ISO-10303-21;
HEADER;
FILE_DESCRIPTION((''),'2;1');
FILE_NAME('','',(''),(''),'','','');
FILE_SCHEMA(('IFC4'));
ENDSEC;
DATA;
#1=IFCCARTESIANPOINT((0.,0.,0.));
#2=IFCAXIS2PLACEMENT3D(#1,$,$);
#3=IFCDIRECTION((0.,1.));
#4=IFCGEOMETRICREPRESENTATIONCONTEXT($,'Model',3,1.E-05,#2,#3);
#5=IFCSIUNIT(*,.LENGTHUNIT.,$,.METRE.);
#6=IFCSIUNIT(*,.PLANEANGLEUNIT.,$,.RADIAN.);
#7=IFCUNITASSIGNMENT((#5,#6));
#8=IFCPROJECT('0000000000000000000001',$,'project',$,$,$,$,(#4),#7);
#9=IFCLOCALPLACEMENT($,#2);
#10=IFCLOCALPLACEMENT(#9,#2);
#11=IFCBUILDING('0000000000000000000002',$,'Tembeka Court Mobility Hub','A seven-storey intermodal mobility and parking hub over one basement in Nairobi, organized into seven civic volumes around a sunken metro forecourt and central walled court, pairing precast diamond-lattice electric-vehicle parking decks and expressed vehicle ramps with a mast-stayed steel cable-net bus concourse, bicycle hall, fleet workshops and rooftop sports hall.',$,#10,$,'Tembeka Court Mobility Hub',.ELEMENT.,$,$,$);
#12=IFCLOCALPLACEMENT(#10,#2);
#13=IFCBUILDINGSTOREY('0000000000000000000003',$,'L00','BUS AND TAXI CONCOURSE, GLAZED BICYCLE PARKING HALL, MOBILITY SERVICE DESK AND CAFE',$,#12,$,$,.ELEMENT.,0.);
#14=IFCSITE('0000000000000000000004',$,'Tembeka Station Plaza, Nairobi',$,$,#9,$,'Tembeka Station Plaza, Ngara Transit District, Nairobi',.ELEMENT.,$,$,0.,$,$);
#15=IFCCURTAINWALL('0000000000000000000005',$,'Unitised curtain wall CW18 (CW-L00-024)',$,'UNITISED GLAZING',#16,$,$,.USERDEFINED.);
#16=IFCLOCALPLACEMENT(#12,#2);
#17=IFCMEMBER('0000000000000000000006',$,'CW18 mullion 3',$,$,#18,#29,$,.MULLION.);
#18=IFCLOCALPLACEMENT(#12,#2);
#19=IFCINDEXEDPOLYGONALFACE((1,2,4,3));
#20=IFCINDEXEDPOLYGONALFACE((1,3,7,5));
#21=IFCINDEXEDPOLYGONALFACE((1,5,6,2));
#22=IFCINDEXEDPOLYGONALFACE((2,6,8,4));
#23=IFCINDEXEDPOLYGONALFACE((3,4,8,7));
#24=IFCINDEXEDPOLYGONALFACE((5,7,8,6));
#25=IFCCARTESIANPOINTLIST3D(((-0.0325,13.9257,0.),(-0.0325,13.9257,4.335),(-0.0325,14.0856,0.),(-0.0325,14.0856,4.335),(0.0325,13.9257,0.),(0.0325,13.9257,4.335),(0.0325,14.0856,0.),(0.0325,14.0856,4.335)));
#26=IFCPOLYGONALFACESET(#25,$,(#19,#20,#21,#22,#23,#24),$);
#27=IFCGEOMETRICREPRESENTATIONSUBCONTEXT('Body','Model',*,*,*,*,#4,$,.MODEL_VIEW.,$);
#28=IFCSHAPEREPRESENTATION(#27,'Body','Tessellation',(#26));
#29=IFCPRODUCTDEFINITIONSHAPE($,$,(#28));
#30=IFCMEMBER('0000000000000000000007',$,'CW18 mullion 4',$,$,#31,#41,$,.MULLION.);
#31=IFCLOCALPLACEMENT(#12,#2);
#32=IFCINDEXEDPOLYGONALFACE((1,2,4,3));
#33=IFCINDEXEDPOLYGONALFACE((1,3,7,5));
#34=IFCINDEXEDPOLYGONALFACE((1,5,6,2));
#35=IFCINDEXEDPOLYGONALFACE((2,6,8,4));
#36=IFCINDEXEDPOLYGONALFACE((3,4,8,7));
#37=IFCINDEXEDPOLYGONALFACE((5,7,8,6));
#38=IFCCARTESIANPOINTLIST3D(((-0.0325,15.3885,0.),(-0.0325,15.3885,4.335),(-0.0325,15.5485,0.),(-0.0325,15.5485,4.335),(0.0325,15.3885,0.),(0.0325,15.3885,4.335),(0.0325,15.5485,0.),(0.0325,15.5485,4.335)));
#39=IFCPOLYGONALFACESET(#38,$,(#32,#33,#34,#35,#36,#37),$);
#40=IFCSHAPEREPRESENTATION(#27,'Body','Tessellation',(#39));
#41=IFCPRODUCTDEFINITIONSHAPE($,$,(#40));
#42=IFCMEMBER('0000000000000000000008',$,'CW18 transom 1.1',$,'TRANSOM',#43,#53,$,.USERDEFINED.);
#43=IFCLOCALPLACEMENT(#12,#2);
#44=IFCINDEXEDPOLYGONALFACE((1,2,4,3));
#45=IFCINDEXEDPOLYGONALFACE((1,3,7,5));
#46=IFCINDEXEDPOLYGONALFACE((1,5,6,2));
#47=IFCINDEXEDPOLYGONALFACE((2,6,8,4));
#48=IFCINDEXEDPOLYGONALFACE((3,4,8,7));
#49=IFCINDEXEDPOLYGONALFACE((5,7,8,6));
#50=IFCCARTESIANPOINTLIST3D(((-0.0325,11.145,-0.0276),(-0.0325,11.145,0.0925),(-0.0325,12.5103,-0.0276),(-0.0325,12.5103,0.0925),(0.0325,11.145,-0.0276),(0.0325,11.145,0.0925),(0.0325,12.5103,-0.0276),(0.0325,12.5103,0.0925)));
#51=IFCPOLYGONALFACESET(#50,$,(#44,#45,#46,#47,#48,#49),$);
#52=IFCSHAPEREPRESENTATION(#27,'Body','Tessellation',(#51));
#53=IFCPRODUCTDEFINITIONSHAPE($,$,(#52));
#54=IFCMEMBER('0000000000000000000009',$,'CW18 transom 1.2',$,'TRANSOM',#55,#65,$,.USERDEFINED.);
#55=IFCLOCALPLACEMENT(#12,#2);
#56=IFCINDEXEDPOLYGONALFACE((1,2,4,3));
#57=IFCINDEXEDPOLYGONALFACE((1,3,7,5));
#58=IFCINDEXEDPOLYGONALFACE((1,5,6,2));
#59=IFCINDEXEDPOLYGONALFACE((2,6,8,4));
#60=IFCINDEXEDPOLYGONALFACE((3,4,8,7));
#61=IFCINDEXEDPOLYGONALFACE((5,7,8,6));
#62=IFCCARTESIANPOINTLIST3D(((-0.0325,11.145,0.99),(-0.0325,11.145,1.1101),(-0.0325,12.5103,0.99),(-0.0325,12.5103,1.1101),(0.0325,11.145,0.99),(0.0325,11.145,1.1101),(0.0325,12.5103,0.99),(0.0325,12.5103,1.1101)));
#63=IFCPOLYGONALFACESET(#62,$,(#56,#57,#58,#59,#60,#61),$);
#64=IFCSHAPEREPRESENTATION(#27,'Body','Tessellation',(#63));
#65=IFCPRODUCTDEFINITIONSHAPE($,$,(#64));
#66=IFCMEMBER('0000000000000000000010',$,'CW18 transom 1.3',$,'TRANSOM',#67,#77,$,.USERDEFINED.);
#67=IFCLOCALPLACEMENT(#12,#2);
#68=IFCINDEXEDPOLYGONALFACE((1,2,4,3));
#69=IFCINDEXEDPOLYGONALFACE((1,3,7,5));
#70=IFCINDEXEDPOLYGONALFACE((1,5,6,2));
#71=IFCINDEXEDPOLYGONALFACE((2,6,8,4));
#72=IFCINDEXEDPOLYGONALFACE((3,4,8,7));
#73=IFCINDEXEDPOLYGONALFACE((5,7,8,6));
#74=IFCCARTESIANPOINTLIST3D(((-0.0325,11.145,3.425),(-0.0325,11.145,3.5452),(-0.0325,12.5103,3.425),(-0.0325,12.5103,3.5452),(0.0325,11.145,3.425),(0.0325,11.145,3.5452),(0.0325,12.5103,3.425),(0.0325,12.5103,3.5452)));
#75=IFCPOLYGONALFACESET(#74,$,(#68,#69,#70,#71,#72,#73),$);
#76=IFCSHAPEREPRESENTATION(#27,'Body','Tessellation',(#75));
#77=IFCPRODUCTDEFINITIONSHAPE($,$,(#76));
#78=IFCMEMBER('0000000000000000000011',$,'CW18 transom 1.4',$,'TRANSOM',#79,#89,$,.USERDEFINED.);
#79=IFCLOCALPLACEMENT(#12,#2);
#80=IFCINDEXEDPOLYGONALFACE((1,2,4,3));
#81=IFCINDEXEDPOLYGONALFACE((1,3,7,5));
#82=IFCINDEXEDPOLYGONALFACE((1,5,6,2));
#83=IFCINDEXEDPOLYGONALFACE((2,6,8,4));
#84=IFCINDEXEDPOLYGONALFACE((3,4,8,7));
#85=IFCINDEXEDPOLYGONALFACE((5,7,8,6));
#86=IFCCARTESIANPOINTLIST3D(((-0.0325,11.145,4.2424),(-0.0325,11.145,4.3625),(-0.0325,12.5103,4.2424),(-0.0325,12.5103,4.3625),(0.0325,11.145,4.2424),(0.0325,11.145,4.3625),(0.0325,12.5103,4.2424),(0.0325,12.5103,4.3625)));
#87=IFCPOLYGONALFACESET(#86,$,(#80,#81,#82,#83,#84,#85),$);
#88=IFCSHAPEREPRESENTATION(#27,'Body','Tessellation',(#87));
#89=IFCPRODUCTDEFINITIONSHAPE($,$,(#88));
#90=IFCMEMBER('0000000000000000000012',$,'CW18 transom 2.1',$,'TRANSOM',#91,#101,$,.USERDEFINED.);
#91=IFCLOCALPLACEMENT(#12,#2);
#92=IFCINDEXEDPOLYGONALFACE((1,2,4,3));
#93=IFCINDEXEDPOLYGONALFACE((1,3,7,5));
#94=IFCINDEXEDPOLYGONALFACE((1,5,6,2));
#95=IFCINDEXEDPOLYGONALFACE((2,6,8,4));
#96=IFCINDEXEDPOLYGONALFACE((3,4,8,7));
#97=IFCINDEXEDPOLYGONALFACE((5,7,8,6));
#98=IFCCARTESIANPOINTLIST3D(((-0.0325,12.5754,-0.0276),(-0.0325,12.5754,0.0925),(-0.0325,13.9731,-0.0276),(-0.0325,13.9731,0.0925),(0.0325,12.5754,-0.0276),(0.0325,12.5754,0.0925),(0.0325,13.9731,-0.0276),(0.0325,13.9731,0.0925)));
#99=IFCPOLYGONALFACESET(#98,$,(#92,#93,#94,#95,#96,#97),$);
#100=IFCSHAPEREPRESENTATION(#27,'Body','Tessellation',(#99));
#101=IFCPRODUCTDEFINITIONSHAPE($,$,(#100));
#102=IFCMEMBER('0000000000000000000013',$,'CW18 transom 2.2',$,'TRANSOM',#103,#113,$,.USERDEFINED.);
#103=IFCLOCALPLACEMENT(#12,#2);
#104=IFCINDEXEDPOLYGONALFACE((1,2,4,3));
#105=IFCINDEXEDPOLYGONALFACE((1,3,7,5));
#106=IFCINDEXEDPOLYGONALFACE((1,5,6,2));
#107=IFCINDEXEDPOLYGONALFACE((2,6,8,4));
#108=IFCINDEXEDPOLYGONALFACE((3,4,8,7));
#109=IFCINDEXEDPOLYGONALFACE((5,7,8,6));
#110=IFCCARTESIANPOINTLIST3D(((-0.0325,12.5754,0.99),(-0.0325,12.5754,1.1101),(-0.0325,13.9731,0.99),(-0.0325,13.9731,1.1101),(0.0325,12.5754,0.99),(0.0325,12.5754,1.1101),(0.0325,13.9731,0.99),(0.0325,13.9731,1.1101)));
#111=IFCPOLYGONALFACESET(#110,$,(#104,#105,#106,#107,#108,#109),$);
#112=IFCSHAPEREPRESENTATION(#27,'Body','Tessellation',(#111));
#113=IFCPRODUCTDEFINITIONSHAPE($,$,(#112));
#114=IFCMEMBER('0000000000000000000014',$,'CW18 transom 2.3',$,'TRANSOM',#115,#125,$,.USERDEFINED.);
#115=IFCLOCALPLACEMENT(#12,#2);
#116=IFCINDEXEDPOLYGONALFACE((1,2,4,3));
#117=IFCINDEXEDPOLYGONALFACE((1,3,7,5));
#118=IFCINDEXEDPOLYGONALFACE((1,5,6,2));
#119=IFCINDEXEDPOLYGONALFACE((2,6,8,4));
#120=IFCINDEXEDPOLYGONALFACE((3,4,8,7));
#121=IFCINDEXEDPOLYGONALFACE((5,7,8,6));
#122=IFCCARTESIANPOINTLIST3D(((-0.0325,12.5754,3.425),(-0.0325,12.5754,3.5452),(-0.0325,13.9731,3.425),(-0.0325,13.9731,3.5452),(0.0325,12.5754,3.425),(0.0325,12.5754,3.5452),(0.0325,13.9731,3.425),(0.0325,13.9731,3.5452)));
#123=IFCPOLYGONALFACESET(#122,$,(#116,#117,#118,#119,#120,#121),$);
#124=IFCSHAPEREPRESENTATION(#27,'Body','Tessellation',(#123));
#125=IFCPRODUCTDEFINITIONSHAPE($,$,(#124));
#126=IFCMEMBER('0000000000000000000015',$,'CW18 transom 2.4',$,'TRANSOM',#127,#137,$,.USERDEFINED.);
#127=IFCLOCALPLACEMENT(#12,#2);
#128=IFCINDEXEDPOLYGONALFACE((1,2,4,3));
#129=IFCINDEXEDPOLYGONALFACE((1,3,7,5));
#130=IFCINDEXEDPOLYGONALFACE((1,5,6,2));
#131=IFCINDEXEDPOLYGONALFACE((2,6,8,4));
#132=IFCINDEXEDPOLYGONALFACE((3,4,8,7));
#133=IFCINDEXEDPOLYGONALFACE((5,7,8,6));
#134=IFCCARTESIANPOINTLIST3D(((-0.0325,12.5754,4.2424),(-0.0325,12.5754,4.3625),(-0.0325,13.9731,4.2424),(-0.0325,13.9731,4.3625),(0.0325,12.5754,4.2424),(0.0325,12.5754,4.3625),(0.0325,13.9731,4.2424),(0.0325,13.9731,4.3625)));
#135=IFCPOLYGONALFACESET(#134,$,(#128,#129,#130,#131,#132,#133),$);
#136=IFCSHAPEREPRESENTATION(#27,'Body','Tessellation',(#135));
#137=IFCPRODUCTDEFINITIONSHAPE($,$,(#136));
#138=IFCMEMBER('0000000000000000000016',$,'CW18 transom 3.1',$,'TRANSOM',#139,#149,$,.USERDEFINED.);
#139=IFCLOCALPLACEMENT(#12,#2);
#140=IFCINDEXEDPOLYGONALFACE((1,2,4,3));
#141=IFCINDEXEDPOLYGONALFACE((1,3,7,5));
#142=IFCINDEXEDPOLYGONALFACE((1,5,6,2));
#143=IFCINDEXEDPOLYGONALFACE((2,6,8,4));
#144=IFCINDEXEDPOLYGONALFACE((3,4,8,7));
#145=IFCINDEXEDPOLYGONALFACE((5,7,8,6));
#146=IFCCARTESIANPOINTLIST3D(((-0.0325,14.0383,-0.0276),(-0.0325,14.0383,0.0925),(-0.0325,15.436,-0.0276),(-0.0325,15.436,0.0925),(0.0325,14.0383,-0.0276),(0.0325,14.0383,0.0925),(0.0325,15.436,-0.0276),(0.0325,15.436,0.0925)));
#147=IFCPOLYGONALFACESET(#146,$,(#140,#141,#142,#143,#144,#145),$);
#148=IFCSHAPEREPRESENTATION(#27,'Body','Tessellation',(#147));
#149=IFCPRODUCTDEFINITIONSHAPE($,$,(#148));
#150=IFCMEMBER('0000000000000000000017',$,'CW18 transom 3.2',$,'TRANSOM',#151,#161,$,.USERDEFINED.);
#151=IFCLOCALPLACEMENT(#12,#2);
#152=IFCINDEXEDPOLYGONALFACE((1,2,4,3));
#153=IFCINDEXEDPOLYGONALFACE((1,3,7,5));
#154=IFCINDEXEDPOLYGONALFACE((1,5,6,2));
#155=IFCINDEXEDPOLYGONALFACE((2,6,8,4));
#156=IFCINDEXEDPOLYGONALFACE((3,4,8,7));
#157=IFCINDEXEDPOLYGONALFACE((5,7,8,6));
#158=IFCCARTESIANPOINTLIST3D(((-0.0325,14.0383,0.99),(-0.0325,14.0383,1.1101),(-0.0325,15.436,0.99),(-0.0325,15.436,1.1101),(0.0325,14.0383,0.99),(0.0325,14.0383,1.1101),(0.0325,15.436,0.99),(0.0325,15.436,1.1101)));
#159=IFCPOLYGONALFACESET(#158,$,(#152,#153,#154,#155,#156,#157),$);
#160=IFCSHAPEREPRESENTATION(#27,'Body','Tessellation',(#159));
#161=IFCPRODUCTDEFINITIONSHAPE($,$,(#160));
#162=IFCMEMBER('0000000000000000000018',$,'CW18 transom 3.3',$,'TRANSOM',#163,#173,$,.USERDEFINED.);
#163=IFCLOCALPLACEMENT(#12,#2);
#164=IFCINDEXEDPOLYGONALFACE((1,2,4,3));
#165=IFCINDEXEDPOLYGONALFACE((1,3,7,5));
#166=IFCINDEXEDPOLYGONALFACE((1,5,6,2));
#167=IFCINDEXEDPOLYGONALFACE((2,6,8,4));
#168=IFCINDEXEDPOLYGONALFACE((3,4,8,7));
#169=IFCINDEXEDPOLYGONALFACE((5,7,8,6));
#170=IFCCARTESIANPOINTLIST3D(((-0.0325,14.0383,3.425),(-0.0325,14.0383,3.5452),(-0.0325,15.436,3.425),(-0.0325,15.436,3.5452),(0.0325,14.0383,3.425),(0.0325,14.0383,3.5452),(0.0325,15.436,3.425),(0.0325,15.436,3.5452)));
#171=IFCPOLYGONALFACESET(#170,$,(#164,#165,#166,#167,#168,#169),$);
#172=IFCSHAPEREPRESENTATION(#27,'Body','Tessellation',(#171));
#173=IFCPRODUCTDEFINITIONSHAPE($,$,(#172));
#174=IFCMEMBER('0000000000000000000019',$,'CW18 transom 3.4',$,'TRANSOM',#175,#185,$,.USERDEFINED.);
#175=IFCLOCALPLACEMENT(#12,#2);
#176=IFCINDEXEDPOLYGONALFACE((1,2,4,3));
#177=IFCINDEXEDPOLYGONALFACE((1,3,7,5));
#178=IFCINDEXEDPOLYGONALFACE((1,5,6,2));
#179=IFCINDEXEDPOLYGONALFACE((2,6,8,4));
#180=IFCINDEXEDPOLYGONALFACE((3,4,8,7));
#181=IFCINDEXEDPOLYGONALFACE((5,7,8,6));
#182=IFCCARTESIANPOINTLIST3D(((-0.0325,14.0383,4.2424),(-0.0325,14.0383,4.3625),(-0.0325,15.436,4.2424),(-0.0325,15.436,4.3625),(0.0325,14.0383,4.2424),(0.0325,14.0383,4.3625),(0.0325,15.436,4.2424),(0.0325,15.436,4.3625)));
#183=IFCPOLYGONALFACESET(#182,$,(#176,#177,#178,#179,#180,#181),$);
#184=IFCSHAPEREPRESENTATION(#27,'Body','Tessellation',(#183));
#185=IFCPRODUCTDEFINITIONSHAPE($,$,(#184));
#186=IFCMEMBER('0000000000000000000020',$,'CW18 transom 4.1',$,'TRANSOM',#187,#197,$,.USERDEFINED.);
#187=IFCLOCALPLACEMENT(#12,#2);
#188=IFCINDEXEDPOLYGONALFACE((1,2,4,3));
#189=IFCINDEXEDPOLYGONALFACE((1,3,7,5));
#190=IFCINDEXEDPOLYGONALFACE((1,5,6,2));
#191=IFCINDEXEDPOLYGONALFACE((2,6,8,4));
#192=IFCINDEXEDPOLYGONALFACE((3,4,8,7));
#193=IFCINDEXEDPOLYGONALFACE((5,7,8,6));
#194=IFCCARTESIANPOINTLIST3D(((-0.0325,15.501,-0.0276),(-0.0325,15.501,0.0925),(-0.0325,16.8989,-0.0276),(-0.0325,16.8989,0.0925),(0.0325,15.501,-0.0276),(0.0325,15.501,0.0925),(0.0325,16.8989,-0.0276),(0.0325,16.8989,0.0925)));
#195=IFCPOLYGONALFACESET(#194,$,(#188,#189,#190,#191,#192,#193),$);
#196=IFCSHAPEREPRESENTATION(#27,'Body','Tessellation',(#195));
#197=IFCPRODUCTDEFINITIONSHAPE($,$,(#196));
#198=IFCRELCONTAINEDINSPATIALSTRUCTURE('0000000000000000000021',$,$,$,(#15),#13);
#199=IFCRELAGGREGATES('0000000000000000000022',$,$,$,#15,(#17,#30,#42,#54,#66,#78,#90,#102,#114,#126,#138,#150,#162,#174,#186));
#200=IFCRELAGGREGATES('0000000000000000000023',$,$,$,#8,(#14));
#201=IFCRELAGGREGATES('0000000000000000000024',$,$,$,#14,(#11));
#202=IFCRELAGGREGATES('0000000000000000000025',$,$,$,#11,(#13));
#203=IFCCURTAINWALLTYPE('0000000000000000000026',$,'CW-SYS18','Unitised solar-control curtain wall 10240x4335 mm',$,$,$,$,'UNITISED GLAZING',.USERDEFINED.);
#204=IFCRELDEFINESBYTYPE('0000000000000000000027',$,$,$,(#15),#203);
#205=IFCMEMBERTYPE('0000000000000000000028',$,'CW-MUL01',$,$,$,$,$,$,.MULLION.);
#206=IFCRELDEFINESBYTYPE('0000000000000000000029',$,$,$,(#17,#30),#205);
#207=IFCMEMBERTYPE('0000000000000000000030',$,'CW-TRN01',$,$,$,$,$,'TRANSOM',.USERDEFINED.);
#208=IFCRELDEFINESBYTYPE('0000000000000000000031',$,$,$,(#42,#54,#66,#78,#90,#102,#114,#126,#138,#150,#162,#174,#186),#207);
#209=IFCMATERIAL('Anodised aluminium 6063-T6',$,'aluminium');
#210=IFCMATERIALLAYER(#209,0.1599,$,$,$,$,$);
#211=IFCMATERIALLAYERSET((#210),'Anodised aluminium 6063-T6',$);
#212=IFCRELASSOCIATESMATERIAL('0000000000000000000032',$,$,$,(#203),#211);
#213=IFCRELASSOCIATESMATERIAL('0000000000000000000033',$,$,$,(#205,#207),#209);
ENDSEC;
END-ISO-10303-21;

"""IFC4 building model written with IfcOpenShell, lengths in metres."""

from ifc_helpers import new_model, si_unit, direction, frame, origin, origin_2d, place, context, subcontext, project, spatial, rectangle, extrude, material, layer, layer_set, material_profile, profile_set, type_object, element, aggregate, save


model = new_model("IFC4")

# Units and contexts
model_context = context("Model", 3, precision=1e-05, world=origin(), true_north=direction((0.0, 1.0)))
body_context = subcontext(model_context, "Body", "Model", "MODEL_VIEW")
ifc_project = project(units=[si_unit("LENGTHUNIT", "METRE"), si_unit("PLANEANGLEUNIT", "RADIAN")], contexts=[model_context])

# Site, building, storey
site_placement = place(None, origin())
site = spatial("IfcSite", under=ifc_project, at=site_placement, Name="Tembeka Station Plaza, Nairobi", LongName="Tembeka Station Plaza, Ngara Transit District, Nairobi", CompositionType="ELEMENT", RefElevation=0.0)
building_placement = place(site_placement, origin())
building = spatial("IfcBuilding", under=site, at=building_placement, Name="Tembeka Court Mobility Hub", Description="A seven-storey intermodal mobility and parking hub over one basement in Nairobi, organized into seven civic volumes around a sunken metro forecourt and central walled court, pairing precast diamond-lattice electric-vehicle parking decks and expressed vehicle ramps with a mast-stayed steel cable-net bus concourse, bicycle hall, fleet workshops and rooftop sports hall.", LongName="Tembeka Court Mobility Hub", CompositionType="ELEMENT")
storey_placement = place(building_placement, origin())
storey = spatial("IfcBuildingStorey", under=building, at=storey_placement, Name="L00", Description="BUS AND TAXI CONCOURSE, GLAZED BICYCLE PARKING HALL, MOBILITY SERVICE DESK AND CAFE", CompositionType="ELEMENT", Elevation=0.0)

# Shared definitions
ifc_material_1 = material(Name="Anodised aluminium 6063-T6", Category="aluminium")
ifc_layer_1 = layer(ifc_material_1, 0.1599)
ifc_layer_set_1 = layer_set([ifc_layer_1], Name="Anodised aluminium 6063-T6")
curtain_wall_type = type_object("IfcCurtainWallType", Name="CW-SYS18", Description="Unitised solar-control curtain wall 10240x4335 mm", ElementType="UNITISED GLAZING", PredefinedType="USERDEFINED", material=ifc_layer_set_1)
ifc_material_profile_1 = material_profile(ifc_material_1, rectangle(XDim=0.0649, YDim=0.1599, at=origin_2d()), Name="ALU-MUL 65x160")
ifc_profile_set_1 = profile_set([ifc_material_profile_1], Name="Anodised aluminium 6063-T6")
member_type_1 = type_object("IfcMemberType", Name="CW-MUL01", PredefinedType="MULLION", material=ifc_profile_set_1)

# Curtain wall, members
curtain_wall_1_placement = place(storey_placement, origin())
curtain_wall_1 = element("IfcCurtainWall", 1, at=curtain_wall_1_placement, inside=storey, type_object=curtain_wall_type, Name="Unitised curtain wall CW18 (CW-L00-024)", ObjectType="UNITISED GLAZING", PredefinedType="USERDEFINED")
member_1_placement = place(storey_placement, frame((0.0, 14.0056, 0.0), z_axis=(0.0, 0.0, 1.0), x_axis=(-1.0, 0.0, 0.0)))
member_1 = element("IfcMember", 2, at=member_1_placement, type_object=member_type_1, Name="CW18 mullion 3", PredefinedType="MULLION", context=body_context, shape_type="SweptSolid", body=[
    extrude(rectangle(XDim=0.0649, YDim=0.1599, at=origin_2d()), origin(), (0.0, 0.0, 1.0), 4.335),
])
member_2_placement = place(storey_placement, frame((0.0, 15.4685, 0.0), z_axis=(0.0, 0.0, 1.0), x_axis=(-1.0, 0.0, 0.0)))
member_2 = element("IfcMember", 3, at=member_2_placement, type_object=member_type_1, Name="CW18 mullion 4", PredefinedType="MULLION", context=body_context, shape_type="SweptSolid", body=[
    extrude(rectangle(XDim=0.0649, YDim=0.1599, at=origin_2d()), origin(), (0.0, 0.0, 1.0), 4.335),
])
ifc_material_profile_2 = material_profile(ifc_material_1, rectangle(XDim=0.0649, YDim=0.1201, at=origin_2d()), Name="ALU-TRN 65x120")
ifc_profile_set_2 = profile_set([ifc_material_profile_2], Name="Anodised aluminium 6063-T6")
member_type_2 = type_object("IfcMemberType", Name="CW-TRN01", ElementType="TRANSOM", PredefinedType="USERDEFINED", material=ifc_profile_set_2)
member_3_placement = place(storey_placement, frame((0.0, 11.145, 0.0325), z_axis=(0.0, 1.0, 0.0), x_axis=(-1.0, 0.0, 0.0)))
member_3 = element("IfcMember", 4, at=member_3_placement, type_object=member_type_2, Name="CW18 transom 1.1", ObjectType="TRANSOM", PredefinedType="USERDEFINED", context=body_context, shape_type="SweptSolid", body=[
    extrude(rectangle(XDim=0.0649, YDim=0.1201, at=origin_2d()), origin(), (0.0, 0.0, 1.0), 1.3652),
])
member_4_placement = place(storey_placement, frame((0.0, 11.145, 1.05), z_axis=(0.0, 1.0, 0.0), x_axis=(-1.0, 0.0, 0.0)))
member_4 = element("IfcMember", 5, at=member_4_placement, type_object=member_type_2, Name="CW18 transom 1.2", ObjectType="TRANSOM", PredefinedType="USERDEFINED", context=body_context, shape_type="SweptSolid", body=[
    extrude(rectangle(XDim=0.0649, YDim=0.1201, at=origin_2d()), origin(), (0.0, 0.0, 1.0), 1.3652),
])
member_5_placement = place(storey_placement, frame((0.0, 11.145, 3.4851), z_axis=(0.0, 1.0, 0.0), x_axis=(-1.0, 0.0, 0.0)))
member_5 = element("IfcMember", 6, at=member_5_placement, type_object=member_type_2, Name="CW18 transom 1.3", ObjectType="TRANSOM", PredefinedType="USERDEFINED", context=body_context, shape_type="SweptSolid", body=[
    extrude(rectangle(XDim=0.0649, YDim=0.1201, at=origin_2d()), origin(), (0.0, 0.0, 1.0), 1.3652),
])
member_6_placement = place(storey_placement, frame((0.0, 11.145, 4.3025), z_axis=(0.0, 1.0, 0.0), x_axis=(-1.0, 0.0, 0.0)))
member_6 = element("IfcMember", 7, at=member_6_placement, type_object=member_type_2, Name="CW18 transom 1.4", ObjectType="TRANSOM", PredefinedType="USERDEFINED", context=body_context, shape_type="SweptSolid", body=[
    extrude(rectangle(XDim=0.0649, YDim=0.1201, at=origin_2d()), origin(), (0.0, 0.0, 1.0), 1.3652),
])
member_7_placement = place(storey_placement, frame((0.0, 12.5754, 0.0325), z_axis=(0.0, 1.0, 0.0), x_axis=(-1.0, 0.0, 0.0)))
member_7 = element("IfcMember", 8, at=member_7_placement, type_object=member_type_2, Name="CW18 transom 2.1", ObjectType="TRANSOM", PredefinedType="USERDEFINED", context=body_context, shape_type="SweptSolid", body=[
    extrude(rectangle(XDim=0.0649, YDim=0.1201, at=origin_2d()), origin(), (0.0, 0.0, 1.0), 1.3977),
])
member_8_placement = place(storey_placement, frame((0.0, 12.5754, 1.05), z_axis=(0.0, 1.0, 0.0), x_axis=(-1.0, 0.0, 0.0)))
member_8 = element("IfcMember", 9, at=member_8_placement, type_object=member_type_2, Name="CW18 transom 2.2", ObjectType="TRANSOM", PredefinedType="USERDEFINED", context=body_context, shape_type="SweptSolid", body=[
    extrude(rectangle(XDim=0.0649, YDim=0.1201, at=origin_2d()), origin(), (0.0, 0.0, 1.0), 1.3977),
])
member_9_placement = place(storey_placement, frame((0.0, 12.5754, 3.4851), z_axis=(0.0, 1.0, 0.0), x_axis=(-1.0, 0.0, 0.0)))
member_9 = element("IfcMember", 10, at=member_9_placement, type_object=member_type_2, Name="CW18 transom 2.3", ObjectType="TRANSOM", PredefinedType="USERDEFINED", context=body_context, shape_type="SweptSolid", body=[
    extrude(rectangle(XDim=0.0649, YDim=0.1201, at=origin_2d()), origin(), (0.0, 0.0, 1.0), 1.3977),
])
member_10_placement = place(storey_placement, frame((0.0, 12.5754, 4.3025), z_axis=(0.0, 1.0, 0.0), x_axis=(-1.0, 0.0, 0.0)))
member_10 = element("IfcMember", 11, at=member_10_placement, type_object=member_type_2, Name="CW18 transom 2.4", ObjectType="TRANSOM", PredefinedType="USERDEFINED", context=body_context, shape_type="SweptSolid", body=[
    extrude(rectangle(XDim=0.0649, YDim=0.1201, at=origin_2d()), origin(), (0.0, 0.0, 1.0), 1.3977),
])
member_11_placement = place(storey_placement, frame((0.0, 14.0383, 0.0325), z_axis=(0.0, 1.0, 0.0), x_axis=(-1.0, 0.0, 0.0)))
member_11 = element("IfcMember", 12, at=member_11_placement, type_object=member_type_2, Name="CW18 transom 3.1", ObjectType="TRANSOM", PredefinedType="USERDEFINED", context=body_context, shape_type="SweptSolid", body=[
    extrude(rectangle(XDim=0.0649, YDim=0.1201, at=origin_2d()), origin(), (0.0, 0.0, 1.0), 1.3977),
])
member_12_placement = place(storey_placement, frame((0.0, 14.0383, 1.05), z_axis=(0.0, 1.0, 0.0), x_axis=(-1.0, 0.0, 0.0)))
member_12 = element("IfcMember", 13, at=member_12_placement, type_object=member_type_2, Name="CW18 transom 3.2", ObjectType="TRANSOM", PredefinedType="USERDEFINED", context=body_context, shape_type="SweptSolid", body=[
    extrude(rectangle(XDim=0.0649, YDim=0.1201, at=origin_2d()), origin(), (0.0, 0.0, 1.0), 1.3977),
])
member_13_placement = place(storey_placement, frame((0.0, 14.0383, 3.4851), z_axis=(0.0, 1.0, 0.0), x_axis=(-1.0, 0.0, 0.0)))
member_13 = element("IfcMember", 14, at=member_13_placement, type_object=member_type_2, Name="CW18 transom 3.3", ObjectType="TRANSOM", PredefinedType="USERDEFINED", context=body_context, shape_type="SweptSolid", body=[
    extrude(rectangle(XDim=0.0649, YDim=0.1201, at=origin_2d()), origin(), (0.0, 0.0, 1.0), 1.3977),
])
member_14_placement = place(storey_placement, frame((0.0, 14.0383, 4.3025), z_axis=(0.0, 1.0, 0.0), x_axis=(-1.0, 0.0, 0.0)))
member_14 = element("IfcMember", 15, at=member_14_placement, type_object=member_type_2, Name="CW18 transom 3.4", ObjectType="TRANSOM", PredefinedType="USERDEFINED", context=body_context, shape_type="SweptSolid", body=[
    extrude(rectangle(XDim=0.0649, YDim=0.1201, at=origin_2d()), origin(), (0.0, 0.0, 1.0), 1.3977),
])
member_15_placement = place(storey_placement, frame((0.0, 15.501, 0.0325), z_axis=(0.0, 1.0, 0.0), x_axis=(-1.0, 0.0, 0.0)))
member_15 = element("IfcMember", 16, at=member_15_placement, type_object=member_type_2, Name="CW18 transom 4.1", ObjectType="TRANSOM", PredefinedType="USERDEFINED", context=body_context, shape_type="SweptSolid", body=[
    extrude(rectangle(XDim=0.0649, YDim=0.1201, at=origin_2d()), origin(), (0.0, 0.0, 1.0), 1.3979),
])
aggregate(curtain_wall_1, [member_1, member_2, member_3, member_4, member_5, member_6, member_7, member_8, member_9, member_10, member_11, member_12, member_13, member_14, member_15])

save(model, "model.ifc")
